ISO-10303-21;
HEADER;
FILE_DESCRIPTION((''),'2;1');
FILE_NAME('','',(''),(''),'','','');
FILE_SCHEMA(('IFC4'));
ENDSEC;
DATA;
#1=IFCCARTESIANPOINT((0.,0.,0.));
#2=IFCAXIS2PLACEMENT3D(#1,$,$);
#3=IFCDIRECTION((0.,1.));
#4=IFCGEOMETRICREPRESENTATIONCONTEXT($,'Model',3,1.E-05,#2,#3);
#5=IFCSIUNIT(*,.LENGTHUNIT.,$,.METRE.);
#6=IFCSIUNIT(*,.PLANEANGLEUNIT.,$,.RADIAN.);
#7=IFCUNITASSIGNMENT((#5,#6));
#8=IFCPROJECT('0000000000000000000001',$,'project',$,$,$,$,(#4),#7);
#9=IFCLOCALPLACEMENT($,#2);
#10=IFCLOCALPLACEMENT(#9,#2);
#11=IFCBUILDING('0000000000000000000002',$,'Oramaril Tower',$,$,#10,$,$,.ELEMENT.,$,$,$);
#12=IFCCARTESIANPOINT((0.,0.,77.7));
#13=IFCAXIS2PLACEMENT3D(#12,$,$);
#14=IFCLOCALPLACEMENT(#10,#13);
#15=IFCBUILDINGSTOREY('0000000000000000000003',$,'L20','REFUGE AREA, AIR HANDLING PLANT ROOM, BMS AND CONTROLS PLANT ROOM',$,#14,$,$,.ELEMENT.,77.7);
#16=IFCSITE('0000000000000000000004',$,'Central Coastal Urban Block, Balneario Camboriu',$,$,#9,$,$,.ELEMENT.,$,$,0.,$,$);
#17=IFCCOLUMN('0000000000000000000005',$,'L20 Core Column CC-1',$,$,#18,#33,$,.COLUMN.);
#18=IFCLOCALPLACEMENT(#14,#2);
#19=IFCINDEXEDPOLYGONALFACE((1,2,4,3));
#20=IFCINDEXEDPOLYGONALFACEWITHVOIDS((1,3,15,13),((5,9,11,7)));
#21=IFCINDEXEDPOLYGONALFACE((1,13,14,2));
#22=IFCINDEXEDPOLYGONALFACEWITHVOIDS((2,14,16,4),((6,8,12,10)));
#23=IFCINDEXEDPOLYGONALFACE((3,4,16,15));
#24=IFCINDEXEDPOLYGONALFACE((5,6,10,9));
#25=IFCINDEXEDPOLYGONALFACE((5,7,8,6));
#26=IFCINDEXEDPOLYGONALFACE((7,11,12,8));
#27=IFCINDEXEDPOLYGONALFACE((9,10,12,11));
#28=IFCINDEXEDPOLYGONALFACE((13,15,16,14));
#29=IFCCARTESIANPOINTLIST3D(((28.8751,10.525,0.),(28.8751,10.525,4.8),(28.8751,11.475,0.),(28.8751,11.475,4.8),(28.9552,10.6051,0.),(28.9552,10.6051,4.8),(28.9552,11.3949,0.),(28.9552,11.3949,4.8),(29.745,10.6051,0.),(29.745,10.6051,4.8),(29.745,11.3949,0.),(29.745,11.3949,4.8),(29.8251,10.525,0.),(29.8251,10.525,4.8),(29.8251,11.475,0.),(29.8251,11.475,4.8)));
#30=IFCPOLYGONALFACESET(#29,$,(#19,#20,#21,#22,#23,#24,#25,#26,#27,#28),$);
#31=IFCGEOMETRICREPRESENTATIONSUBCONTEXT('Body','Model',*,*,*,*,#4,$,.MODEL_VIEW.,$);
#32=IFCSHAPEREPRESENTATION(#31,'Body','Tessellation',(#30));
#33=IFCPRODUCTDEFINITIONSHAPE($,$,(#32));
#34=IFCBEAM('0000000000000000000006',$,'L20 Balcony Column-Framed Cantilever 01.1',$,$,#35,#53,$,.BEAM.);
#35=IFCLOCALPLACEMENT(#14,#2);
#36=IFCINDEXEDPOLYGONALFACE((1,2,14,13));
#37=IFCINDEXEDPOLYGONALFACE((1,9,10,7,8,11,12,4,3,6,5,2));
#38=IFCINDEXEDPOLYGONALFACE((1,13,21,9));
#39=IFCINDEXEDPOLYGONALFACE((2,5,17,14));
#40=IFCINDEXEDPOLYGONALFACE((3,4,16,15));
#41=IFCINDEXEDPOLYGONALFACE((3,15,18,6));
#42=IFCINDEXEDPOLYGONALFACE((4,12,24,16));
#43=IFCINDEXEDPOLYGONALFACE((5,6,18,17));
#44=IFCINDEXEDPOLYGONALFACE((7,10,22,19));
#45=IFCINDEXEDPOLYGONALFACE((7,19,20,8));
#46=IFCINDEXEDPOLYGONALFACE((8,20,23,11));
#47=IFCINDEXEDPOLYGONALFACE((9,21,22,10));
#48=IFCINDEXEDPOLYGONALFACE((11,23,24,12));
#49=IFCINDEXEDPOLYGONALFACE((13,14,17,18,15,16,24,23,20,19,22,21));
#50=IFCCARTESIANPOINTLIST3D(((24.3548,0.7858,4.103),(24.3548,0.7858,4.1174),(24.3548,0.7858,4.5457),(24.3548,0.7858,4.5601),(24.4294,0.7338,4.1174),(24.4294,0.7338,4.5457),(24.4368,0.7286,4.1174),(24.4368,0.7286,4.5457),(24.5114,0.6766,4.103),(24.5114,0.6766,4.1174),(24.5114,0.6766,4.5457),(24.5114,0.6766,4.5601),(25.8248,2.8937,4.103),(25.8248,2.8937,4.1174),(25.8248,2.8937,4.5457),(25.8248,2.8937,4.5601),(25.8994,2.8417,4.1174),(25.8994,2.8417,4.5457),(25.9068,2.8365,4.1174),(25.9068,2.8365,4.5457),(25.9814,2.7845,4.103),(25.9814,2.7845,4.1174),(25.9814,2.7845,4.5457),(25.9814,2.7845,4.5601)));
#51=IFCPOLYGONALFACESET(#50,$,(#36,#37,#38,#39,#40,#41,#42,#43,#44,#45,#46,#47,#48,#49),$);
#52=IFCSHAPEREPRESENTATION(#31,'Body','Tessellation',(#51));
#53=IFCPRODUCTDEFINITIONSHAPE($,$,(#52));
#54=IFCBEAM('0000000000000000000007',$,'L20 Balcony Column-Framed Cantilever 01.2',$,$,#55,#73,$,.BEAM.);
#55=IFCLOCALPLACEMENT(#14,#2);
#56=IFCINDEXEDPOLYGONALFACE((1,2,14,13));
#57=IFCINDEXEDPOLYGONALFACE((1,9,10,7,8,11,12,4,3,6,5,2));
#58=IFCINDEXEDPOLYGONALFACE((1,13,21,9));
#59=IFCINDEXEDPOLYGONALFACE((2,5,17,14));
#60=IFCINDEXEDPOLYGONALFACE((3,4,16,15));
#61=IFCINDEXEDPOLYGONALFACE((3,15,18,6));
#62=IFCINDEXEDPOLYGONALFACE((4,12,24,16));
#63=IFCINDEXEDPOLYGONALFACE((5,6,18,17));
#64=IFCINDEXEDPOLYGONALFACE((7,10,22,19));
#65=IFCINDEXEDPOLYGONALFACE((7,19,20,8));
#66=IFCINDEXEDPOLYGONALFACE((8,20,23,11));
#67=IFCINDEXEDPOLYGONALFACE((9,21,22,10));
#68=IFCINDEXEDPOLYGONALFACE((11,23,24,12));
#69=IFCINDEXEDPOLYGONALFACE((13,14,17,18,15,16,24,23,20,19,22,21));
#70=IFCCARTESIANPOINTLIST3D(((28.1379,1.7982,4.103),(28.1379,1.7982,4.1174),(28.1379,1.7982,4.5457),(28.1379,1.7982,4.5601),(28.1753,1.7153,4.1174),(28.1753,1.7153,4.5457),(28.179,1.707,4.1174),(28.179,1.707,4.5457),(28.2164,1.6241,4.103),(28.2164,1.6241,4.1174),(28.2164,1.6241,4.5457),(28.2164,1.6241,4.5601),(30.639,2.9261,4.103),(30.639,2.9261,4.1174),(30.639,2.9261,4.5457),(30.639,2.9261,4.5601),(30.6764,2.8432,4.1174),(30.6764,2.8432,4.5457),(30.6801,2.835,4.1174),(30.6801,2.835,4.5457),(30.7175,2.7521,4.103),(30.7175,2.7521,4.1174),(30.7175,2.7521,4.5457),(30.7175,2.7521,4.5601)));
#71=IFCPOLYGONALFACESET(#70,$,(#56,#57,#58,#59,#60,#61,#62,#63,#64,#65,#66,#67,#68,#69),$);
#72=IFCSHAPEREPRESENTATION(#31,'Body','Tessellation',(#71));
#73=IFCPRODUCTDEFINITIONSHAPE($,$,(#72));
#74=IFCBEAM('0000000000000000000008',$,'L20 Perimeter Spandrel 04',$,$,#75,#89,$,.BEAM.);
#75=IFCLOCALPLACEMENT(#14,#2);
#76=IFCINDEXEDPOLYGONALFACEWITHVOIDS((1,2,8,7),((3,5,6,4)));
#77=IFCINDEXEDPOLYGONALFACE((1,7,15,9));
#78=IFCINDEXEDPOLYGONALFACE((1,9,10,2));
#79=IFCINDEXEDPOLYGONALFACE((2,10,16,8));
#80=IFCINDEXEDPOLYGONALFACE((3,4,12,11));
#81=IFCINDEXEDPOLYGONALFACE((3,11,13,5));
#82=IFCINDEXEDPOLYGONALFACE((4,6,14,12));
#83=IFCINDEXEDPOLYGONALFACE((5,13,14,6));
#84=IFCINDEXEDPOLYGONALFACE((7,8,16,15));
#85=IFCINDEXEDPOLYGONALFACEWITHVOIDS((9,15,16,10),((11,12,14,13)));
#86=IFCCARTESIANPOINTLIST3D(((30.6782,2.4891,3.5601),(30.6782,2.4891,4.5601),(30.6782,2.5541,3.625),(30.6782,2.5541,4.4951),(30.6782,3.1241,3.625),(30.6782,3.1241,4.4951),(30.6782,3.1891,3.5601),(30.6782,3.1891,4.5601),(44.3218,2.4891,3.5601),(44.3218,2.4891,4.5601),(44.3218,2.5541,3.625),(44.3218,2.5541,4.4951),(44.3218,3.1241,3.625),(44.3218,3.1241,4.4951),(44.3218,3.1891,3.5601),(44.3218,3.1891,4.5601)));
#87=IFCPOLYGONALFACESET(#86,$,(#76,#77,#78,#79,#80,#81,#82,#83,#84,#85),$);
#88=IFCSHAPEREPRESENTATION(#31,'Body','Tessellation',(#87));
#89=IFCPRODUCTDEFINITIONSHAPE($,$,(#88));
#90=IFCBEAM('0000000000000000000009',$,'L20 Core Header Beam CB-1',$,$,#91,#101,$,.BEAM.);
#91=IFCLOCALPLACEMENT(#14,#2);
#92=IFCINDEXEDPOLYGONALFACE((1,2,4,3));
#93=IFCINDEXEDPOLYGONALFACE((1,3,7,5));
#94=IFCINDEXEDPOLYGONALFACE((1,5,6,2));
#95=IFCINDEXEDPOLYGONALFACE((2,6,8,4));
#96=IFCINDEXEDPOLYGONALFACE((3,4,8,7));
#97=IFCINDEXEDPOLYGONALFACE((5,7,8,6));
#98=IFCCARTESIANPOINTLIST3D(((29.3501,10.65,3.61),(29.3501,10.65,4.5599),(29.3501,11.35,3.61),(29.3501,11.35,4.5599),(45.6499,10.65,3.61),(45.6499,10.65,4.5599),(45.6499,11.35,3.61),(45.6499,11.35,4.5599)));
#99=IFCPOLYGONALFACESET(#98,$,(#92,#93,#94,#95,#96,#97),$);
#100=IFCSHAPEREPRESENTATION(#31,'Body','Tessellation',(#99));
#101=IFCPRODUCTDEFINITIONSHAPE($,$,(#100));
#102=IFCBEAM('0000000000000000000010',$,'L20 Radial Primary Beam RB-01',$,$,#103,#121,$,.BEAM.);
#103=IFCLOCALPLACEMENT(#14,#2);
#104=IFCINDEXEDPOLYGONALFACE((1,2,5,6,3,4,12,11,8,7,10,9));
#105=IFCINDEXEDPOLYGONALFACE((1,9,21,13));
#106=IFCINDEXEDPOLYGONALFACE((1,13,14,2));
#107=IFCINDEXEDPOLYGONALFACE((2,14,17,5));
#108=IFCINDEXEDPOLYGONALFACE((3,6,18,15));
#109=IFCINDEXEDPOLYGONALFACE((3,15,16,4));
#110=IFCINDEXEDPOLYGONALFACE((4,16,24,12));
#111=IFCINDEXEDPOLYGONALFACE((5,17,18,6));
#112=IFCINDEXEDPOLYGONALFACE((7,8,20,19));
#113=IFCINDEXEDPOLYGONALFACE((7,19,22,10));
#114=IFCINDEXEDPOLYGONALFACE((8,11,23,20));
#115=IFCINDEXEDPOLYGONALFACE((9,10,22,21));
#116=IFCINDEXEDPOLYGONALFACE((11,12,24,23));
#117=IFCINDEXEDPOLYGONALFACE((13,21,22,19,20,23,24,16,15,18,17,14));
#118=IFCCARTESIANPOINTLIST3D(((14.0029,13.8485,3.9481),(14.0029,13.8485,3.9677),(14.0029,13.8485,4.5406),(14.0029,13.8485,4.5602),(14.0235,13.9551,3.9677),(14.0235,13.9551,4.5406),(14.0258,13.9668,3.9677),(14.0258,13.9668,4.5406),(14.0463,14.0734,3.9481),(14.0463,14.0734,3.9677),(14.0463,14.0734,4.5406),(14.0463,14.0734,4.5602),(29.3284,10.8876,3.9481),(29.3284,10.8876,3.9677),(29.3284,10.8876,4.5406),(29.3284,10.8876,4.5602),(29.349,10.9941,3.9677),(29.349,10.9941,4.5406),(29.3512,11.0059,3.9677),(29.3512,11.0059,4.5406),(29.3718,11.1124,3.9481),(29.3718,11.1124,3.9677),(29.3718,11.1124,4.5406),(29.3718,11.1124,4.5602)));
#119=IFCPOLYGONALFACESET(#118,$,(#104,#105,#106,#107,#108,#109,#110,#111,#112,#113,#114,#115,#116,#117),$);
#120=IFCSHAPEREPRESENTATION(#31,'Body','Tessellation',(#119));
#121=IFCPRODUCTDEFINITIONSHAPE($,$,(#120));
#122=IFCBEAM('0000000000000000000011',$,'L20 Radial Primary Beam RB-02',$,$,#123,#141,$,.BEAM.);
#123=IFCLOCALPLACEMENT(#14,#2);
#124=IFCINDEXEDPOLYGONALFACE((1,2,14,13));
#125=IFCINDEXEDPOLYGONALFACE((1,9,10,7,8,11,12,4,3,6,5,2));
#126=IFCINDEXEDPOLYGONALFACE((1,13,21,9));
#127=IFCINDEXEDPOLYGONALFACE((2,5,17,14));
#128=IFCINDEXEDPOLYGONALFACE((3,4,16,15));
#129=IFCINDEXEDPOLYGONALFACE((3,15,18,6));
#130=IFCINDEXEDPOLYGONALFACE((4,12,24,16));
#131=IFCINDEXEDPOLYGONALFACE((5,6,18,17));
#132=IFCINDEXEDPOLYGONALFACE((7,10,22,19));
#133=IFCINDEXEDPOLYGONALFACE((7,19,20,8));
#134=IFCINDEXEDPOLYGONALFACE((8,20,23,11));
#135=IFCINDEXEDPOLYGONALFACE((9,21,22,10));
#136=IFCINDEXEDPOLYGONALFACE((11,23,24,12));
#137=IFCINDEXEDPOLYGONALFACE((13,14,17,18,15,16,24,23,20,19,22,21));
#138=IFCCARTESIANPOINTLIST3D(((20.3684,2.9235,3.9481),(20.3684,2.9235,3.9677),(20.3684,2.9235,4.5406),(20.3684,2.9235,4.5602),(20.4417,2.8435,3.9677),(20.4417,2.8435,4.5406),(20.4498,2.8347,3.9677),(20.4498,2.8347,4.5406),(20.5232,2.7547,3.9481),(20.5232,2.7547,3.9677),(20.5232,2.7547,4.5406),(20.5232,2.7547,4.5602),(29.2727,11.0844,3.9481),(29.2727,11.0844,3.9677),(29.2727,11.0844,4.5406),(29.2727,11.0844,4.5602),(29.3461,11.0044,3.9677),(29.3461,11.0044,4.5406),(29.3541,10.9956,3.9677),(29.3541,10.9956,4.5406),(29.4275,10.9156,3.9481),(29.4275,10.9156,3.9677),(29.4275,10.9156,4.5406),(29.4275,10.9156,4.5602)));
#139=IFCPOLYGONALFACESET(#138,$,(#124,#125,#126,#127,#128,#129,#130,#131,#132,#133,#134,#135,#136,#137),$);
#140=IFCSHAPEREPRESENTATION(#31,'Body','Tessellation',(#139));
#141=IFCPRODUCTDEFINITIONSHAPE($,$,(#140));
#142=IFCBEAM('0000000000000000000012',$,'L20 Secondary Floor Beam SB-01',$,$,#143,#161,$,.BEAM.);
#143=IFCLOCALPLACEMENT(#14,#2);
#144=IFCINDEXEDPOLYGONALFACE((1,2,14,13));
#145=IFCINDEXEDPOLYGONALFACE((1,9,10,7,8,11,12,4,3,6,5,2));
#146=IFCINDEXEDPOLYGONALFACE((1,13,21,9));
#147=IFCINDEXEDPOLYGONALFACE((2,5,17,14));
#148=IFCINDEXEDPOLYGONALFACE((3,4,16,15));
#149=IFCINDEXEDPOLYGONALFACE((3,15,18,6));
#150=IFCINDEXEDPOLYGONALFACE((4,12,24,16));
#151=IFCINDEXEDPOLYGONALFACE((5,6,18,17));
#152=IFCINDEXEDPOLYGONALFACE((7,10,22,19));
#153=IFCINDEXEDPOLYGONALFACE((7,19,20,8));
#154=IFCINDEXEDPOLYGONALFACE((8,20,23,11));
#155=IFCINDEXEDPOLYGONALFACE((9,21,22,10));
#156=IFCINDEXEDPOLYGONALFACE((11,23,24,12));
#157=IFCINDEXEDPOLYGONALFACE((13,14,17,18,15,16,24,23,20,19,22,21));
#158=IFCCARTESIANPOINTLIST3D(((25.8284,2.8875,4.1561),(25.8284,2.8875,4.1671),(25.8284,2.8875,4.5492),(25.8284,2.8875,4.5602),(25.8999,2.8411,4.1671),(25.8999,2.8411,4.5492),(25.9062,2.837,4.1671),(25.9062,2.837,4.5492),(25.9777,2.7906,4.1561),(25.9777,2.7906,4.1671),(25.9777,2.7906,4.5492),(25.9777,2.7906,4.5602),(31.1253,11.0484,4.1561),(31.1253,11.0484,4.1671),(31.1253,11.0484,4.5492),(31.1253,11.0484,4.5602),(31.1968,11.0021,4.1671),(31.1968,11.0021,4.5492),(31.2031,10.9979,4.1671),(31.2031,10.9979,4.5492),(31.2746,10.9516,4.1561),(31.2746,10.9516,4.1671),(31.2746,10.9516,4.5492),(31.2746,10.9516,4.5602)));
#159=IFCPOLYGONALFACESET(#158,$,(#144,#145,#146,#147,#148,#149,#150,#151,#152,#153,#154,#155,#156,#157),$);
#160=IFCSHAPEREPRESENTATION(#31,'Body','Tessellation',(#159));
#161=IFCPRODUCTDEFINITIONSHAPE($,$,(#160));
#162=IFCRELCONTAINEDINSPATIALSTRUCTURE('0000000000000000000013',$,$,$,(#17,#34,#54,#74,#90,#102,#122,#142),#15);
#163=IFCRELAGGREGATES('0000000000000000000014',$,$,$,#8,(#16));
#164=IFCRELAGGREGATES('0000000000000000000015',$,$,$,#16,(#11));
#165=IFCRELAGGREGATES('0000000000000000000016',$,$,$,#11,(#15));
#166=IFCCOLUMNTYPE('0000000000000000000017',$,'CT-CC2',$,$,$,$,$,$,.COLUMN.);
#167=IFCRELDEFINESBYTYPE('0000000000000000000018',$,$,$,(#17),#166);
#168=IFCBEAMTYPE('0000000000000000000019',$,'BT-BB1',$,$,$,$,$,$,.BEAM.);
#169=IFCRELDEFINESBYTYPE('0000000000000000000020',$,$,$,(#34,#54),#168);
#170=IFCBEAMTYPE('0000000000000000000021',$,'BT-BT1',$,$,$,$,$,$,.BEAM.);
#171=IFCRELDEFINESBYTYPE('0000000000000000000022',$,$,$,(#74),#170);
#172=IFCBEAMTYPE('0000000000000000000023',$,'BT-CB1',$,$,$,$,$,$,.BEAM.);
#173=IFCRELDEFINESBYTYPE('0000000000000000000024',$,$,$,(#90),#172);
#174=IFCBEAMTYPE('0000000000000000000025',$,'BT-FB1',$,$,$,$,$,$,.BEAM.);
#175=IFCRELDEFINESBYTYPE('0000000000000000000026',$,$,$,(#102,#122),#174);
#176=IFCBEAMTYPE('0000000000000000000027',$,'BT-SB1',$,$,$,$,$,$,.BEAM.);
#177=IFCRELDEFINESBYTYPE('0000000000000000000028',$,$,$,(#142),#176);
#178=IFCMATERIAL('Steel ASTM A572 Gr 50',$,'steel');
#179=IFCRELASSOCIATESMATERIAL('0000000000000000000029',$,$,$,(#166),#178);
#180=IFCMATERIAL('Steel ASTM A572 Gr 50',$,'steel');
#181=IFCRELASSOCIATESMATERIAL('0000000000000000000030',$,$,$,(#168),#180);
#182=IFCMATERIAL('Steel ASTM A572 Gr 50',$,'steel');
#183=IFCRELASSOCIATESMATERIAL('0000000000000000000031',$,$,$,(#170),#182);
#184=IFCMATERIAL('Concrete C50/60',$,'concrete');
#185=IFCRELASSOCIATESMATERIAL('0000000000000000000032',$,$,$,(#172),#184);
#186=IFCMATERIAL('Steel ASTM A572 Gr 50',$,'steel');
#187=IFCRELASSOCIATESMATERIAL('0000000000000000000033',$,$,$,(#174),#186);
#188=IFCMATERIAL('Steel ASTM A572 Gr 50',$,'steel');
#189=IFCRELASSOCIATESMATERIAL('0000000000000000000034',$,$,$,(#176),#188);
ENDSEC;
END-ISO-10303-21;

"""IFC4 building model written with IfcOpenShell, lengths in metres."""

from ifc_helpers import new_model, si_unit, direction, frame, origin, origin_2d, place, context, subcontext, project, spatial, rectangle, hollow_rectangle, i_section, extrude, material, material_profile, profile_set, type_object, element, save


model = new_model("IFC4")

# Units and contexts
model_context = context("Model", 3, precision=1e-05, world=origin(), true_north=direction((0.0, 1.0)))
body_context = subcontext(model_context, "Body", "Model", "MODEL_VIEW")
ifc_project = project(units=[si_unit("LENGTHUNIT", "METRE"), si_unit("PLANEANGLEUNIT", "RADIAN")], contexts=[model_context])

# Site, building, storey
site_placement = place(None, origin())
site = spatial("IfcSite", under=ifc_project, at=site_placement, Name="Central Coastal Urban Block, Balneario Camboriu", CompositionType="ELEMENT", RefElevation=0.0)
building_placement = place(site_placement, origin())
building = spatial("IfcBuilding", under=site, at=building_placement, Name="Oramaril Tower", CompositionType="ELEMENT")
storey_placement = place(building_placement, frame((0.0, 0.0, 77.7)))
storey = spatial("IfcBuildingStorey", under=building, at=storey_placement, Name="L20", Description="REFUGE AREA, AIR HANDLING PLANT ROOM, BMS AND CONTROLS PLANT ROOM", CompositionType="ELEMENT", Elevation=77.7)

# Column
ifc_material_1 = material(Name="Steel ASTM A572 Gr 50", Category="steel")
ifc_material_profile_1 = material_profile(ifc_material_1, hollow_rectangle(XDim=0.95, YDim=0.95, WallThickness=0.0801, at=origin_2d()), Name="BOX950X950X80")
ifc_profile_set_1 = profile_set([ifc_material_profile_1], Name="Steel ASTM A572 Gr 50")
column_type = type_object("IfcColumnType", Name="CT-CC2", PredefinedType="COLUMN", material=ifc_profile_set_1)
column_placement = place(storey_placement, frame((29.3501, 11.0, 0.0), z_axis=(0.0, 0.0, 1.0), x_axis=(1.0, 0.0, 0.0)))
element("IfcColumn", 1, at=column_placement, inside=storey, type_object=column_type, Name="L20 Core Column CC-1", PredefinedType="COLUMN", context=body_context, shape_type="SweptSolid", body=[
    extrude(hollow_rectangle(XDim=0.95, YDim=0.95, WallThickness=0.0801, at=origin_2d()), origin(), (0.0, 0.0, 1.0), 4.8),
])

# Beams
ifc_material_2 = material(Name="Steel ASTM A572 Gr 50", Category="steel")
ifc_material_profile_2 = material_profile(ifc_material_2, i_section(OverallWidth=0.1909, OverallDepth=0.457, WebThickness=0.009, FlangeThickness=0.0144, at=origin_2d()), Name="W18X50")
ifc_profile_set_2 = profile_set([ifc_material_profile_2], Name="Steel ASTM A572 Gr 50")
beam_type_1 = type_object("IfcBeamType", Name="BT-BB1", PredefinedType="BEAM", material=ifc_profile_set_2)
beam_1_placement = place(storey_placement, frame((25.9031, 2.8391, 4.3315), z_axis=(-0.572008, -0.820248, 0.0), x_axis=(0.820248, -0.572008, 0.0)))
element("IfcBeam", 2, at=beam_1_placement, inside=storey, type_object=beam_type_1, Name="L20 Balcony Column-Framed Cantilever 01.1", PredefinedType="BEAM", context=body_context, shape_type="SweptSolid", body=[
    extrude(i_section(OverallWidth=0.1909, OverallDepth=0.457, WebThickness=0.009, FlangeThickness=0.0144, at=origin_2d()), origin(), (0.0, 0.0, 1.0), 2.5698),
])
beam_2_placement = place(storey_placement, frame((30.6782, 2.8391, 4.3315), z_axis=(-0.911582, -0.411119, 0.0), x_axis=(0.411119, -0.911582, 0.0)))
element("IfcBeam", 3, at=beam_2_placement, inside=storey, type_object=beam_type_1, Name="L20 Balcony Column-Framed Cantilever 01.2", PredefinedType="BEAM", context=body_context, shape_type="SweptSolid", body=[
    extrude(i_section(OverallWidth=0.1909, OverallDepth=0.457, WebThickness=0.009, FlangeThickness=0.0144, at=origin_2d()), origin(), (0.0, 0.0, 1.0), 2.7437),
])
ifc_material_3 = material(Name="Steel ASTM A572 Gr 50", Category="steel")
ifc_material_profile_3 = material_profile(ifc_material_3, hollow_rectangle(XDim=0.7, YDim=1.0, WallThickness=0.0649, at=origin_2d()), Name="BOX1000X700X65")
ifc_profile_set_3 = profile_set([ifc_material_profile_3], Name="Steel ASTM A572 Gr 50")
beam_type_2 = type_object("IfcBeamType", Name="BT-BT1", PredefinedType="BEAM", material=ifc_profile_set_3)
beam_3_placement = place(storey_placement, frame((30.6782, 2.8391, 4.0601), z_axis=(1.0, 0.0, 0.0), x_axis=(0.0, 1.0, 0.0)))
element("IfcBeam", 4, at=beam_3_placement, inside=storey, type_object=beam_type_2, Name="L20 Perimeter Spandrel 04", PredefinedType="BEAM", context=body_context, shape_type="SweptSolid", body=[
    extrude(hollow_rectangle(XDim=0.7, YDim=1.0, WallThickness=0.0649, at=origin_2d()), origin(), (0.0, 0.0, 1.0), 13.6436),
])
ifc_material_4 = material(Name="Concrete C50/60", Category="concrete")
ifc_material_profile_4 = material_profile(ifc_material_4, rectangle(XDim=0.7, YDim=0.95, at=origin_2d()), Name="CB700X950")
ifc_profile_set_4 = profile_set([ifc_material_profile_4], Name="Concrete C50/60")
beam_type_3 = type_object("IfcBeamType", Name="BT-CB1", PredefinedType="BEAM", material=ifc_profile_set_4)
beam_4_placement = place(storey_placement, frame((29.3501, 11.0, 4.085), z_axis=(1.0, 0.0, 0.0), x_axis=(0.0, 1.0, 0.0)))
element("IfcBeam", 5, at=beam_4_placement, inside=storey, type_object=beam_type_3, Name="L20 Core Header Beam CB-1", PredefinedType="BEAM", context=body_context, shape_type="SweptSolid", body=[
    extrude(rectangle(XDim=0.7, YDim=0.95, at=origin_2d()), origin(), (0.0, 0.0, 1.0), 16.2998),
])
ifc_material_5 = material(Name="Steel ASTM A572 Gr 50", Category="steel")
ifc_material_profile_5 = material_profile(ifc_material_5, i_section(OverallWidth=0.229, OverallDepth=0.6121, WebThickness=0.012, FlangeThickness=0.0195, at=origin_2d()), Name="W24X84")
ifc_profile_set_5 = profile_set([ifc_material_profile_5], Name="Steel ASTM A572 Gr 50")
beam_type_4 = type_object("IfcBeamType", Name="BT-FB1", PredefinedType="BEAM", material=ifc_profile_set_5)
beam_5_placement = place(storey_placement, frame((29.3501, 11.0, 4.2542), z_axis=(-0.981843, 0.189696, 0.0), x_axis=(-0.189696, -0.981843, 0.0)))
element("IfcBeam", 6, at=beam_5_placement, inside=storey, type_object=beam_type_4, Name="L20 Radial Primary Beam RB-01", PredefinedType="BEAM", context=body_context, shape_type="SweptSolid", body=[
    extrude(i_section(OverallWidth=0.229, OverallDepth=0.6121, WebThickness=0.012, FlangeThickness=0.0195, at=origin_2d()), origin(), (0.0, 0.0, 1.0), 15.6089),
])
beam_6_placement = place(storey_placement, frame((29.3501, 11.0, 4.2542), z_axis=(-0.737211, -0.675662, 0.0), x_axis=(0.675662, -0.737211, 0.0)))
element("IfcBeam", 7, at=beam_6_placement, inside=storey, type_object=beam_type_4, Name="L20 Radial Primary Beam RB-02", PredefinedType="BEAM", context=body_context, shape_type="SweptSolid", body=[
    extrude(i_section(OverallWidth=0.229, OverallDepth=0.6121, WebThickness=0.012, FlangeThickness=0.0195, at=origin_2d()), origin(), (0.0, 0.0, 1.0), 12.0784),
])
ifc_material_6 = material(Name="Steel ASTM A572 Gr 50", Category="steel")
ifc_material_profile_6 = material_profile(ifc_material_6, i_section(OverallWidth=0.178, OverallDepth=0.4041, WebThickness=0.0076, FlangeThickness=0.011, at=origin_2d()), Name="W16X36")
ifc_profile_set_6 = profile_set([ifc_material_profile_6], Name="Steel ASTM A572 Gr 50")
beam_type_5 = type_object("IfcBeamType", Name="BT-SB1", PredefinedType="BEAM", material=ifc_profile_set_6)
beam_7_placement = place(storey_placement, frame((31.2, 11.0, 4.3582), z_axis=(-0.544432, -0.838805, 0.0), x_axis=(0.838805, -0.544432, 0.0)))
element("IfcBeam", 8, at=beam_7_placement, inside=storey, type_object=beam_type_5, Name="L20 Secondary Floor Beam SB-01", PredefinedType="BEAM", context=body_context, shape_type="SweptSolid", body=[
    extrude(i_section(OverallWidth=0.178, OverallDepth=0.4041, WebThickness=0.0076, FlangeThickness=0.011, at=origin_2d()), origin(), (0.0, 0.0, 1.0), 9.7292),
])

save(model, "model.ifc")
